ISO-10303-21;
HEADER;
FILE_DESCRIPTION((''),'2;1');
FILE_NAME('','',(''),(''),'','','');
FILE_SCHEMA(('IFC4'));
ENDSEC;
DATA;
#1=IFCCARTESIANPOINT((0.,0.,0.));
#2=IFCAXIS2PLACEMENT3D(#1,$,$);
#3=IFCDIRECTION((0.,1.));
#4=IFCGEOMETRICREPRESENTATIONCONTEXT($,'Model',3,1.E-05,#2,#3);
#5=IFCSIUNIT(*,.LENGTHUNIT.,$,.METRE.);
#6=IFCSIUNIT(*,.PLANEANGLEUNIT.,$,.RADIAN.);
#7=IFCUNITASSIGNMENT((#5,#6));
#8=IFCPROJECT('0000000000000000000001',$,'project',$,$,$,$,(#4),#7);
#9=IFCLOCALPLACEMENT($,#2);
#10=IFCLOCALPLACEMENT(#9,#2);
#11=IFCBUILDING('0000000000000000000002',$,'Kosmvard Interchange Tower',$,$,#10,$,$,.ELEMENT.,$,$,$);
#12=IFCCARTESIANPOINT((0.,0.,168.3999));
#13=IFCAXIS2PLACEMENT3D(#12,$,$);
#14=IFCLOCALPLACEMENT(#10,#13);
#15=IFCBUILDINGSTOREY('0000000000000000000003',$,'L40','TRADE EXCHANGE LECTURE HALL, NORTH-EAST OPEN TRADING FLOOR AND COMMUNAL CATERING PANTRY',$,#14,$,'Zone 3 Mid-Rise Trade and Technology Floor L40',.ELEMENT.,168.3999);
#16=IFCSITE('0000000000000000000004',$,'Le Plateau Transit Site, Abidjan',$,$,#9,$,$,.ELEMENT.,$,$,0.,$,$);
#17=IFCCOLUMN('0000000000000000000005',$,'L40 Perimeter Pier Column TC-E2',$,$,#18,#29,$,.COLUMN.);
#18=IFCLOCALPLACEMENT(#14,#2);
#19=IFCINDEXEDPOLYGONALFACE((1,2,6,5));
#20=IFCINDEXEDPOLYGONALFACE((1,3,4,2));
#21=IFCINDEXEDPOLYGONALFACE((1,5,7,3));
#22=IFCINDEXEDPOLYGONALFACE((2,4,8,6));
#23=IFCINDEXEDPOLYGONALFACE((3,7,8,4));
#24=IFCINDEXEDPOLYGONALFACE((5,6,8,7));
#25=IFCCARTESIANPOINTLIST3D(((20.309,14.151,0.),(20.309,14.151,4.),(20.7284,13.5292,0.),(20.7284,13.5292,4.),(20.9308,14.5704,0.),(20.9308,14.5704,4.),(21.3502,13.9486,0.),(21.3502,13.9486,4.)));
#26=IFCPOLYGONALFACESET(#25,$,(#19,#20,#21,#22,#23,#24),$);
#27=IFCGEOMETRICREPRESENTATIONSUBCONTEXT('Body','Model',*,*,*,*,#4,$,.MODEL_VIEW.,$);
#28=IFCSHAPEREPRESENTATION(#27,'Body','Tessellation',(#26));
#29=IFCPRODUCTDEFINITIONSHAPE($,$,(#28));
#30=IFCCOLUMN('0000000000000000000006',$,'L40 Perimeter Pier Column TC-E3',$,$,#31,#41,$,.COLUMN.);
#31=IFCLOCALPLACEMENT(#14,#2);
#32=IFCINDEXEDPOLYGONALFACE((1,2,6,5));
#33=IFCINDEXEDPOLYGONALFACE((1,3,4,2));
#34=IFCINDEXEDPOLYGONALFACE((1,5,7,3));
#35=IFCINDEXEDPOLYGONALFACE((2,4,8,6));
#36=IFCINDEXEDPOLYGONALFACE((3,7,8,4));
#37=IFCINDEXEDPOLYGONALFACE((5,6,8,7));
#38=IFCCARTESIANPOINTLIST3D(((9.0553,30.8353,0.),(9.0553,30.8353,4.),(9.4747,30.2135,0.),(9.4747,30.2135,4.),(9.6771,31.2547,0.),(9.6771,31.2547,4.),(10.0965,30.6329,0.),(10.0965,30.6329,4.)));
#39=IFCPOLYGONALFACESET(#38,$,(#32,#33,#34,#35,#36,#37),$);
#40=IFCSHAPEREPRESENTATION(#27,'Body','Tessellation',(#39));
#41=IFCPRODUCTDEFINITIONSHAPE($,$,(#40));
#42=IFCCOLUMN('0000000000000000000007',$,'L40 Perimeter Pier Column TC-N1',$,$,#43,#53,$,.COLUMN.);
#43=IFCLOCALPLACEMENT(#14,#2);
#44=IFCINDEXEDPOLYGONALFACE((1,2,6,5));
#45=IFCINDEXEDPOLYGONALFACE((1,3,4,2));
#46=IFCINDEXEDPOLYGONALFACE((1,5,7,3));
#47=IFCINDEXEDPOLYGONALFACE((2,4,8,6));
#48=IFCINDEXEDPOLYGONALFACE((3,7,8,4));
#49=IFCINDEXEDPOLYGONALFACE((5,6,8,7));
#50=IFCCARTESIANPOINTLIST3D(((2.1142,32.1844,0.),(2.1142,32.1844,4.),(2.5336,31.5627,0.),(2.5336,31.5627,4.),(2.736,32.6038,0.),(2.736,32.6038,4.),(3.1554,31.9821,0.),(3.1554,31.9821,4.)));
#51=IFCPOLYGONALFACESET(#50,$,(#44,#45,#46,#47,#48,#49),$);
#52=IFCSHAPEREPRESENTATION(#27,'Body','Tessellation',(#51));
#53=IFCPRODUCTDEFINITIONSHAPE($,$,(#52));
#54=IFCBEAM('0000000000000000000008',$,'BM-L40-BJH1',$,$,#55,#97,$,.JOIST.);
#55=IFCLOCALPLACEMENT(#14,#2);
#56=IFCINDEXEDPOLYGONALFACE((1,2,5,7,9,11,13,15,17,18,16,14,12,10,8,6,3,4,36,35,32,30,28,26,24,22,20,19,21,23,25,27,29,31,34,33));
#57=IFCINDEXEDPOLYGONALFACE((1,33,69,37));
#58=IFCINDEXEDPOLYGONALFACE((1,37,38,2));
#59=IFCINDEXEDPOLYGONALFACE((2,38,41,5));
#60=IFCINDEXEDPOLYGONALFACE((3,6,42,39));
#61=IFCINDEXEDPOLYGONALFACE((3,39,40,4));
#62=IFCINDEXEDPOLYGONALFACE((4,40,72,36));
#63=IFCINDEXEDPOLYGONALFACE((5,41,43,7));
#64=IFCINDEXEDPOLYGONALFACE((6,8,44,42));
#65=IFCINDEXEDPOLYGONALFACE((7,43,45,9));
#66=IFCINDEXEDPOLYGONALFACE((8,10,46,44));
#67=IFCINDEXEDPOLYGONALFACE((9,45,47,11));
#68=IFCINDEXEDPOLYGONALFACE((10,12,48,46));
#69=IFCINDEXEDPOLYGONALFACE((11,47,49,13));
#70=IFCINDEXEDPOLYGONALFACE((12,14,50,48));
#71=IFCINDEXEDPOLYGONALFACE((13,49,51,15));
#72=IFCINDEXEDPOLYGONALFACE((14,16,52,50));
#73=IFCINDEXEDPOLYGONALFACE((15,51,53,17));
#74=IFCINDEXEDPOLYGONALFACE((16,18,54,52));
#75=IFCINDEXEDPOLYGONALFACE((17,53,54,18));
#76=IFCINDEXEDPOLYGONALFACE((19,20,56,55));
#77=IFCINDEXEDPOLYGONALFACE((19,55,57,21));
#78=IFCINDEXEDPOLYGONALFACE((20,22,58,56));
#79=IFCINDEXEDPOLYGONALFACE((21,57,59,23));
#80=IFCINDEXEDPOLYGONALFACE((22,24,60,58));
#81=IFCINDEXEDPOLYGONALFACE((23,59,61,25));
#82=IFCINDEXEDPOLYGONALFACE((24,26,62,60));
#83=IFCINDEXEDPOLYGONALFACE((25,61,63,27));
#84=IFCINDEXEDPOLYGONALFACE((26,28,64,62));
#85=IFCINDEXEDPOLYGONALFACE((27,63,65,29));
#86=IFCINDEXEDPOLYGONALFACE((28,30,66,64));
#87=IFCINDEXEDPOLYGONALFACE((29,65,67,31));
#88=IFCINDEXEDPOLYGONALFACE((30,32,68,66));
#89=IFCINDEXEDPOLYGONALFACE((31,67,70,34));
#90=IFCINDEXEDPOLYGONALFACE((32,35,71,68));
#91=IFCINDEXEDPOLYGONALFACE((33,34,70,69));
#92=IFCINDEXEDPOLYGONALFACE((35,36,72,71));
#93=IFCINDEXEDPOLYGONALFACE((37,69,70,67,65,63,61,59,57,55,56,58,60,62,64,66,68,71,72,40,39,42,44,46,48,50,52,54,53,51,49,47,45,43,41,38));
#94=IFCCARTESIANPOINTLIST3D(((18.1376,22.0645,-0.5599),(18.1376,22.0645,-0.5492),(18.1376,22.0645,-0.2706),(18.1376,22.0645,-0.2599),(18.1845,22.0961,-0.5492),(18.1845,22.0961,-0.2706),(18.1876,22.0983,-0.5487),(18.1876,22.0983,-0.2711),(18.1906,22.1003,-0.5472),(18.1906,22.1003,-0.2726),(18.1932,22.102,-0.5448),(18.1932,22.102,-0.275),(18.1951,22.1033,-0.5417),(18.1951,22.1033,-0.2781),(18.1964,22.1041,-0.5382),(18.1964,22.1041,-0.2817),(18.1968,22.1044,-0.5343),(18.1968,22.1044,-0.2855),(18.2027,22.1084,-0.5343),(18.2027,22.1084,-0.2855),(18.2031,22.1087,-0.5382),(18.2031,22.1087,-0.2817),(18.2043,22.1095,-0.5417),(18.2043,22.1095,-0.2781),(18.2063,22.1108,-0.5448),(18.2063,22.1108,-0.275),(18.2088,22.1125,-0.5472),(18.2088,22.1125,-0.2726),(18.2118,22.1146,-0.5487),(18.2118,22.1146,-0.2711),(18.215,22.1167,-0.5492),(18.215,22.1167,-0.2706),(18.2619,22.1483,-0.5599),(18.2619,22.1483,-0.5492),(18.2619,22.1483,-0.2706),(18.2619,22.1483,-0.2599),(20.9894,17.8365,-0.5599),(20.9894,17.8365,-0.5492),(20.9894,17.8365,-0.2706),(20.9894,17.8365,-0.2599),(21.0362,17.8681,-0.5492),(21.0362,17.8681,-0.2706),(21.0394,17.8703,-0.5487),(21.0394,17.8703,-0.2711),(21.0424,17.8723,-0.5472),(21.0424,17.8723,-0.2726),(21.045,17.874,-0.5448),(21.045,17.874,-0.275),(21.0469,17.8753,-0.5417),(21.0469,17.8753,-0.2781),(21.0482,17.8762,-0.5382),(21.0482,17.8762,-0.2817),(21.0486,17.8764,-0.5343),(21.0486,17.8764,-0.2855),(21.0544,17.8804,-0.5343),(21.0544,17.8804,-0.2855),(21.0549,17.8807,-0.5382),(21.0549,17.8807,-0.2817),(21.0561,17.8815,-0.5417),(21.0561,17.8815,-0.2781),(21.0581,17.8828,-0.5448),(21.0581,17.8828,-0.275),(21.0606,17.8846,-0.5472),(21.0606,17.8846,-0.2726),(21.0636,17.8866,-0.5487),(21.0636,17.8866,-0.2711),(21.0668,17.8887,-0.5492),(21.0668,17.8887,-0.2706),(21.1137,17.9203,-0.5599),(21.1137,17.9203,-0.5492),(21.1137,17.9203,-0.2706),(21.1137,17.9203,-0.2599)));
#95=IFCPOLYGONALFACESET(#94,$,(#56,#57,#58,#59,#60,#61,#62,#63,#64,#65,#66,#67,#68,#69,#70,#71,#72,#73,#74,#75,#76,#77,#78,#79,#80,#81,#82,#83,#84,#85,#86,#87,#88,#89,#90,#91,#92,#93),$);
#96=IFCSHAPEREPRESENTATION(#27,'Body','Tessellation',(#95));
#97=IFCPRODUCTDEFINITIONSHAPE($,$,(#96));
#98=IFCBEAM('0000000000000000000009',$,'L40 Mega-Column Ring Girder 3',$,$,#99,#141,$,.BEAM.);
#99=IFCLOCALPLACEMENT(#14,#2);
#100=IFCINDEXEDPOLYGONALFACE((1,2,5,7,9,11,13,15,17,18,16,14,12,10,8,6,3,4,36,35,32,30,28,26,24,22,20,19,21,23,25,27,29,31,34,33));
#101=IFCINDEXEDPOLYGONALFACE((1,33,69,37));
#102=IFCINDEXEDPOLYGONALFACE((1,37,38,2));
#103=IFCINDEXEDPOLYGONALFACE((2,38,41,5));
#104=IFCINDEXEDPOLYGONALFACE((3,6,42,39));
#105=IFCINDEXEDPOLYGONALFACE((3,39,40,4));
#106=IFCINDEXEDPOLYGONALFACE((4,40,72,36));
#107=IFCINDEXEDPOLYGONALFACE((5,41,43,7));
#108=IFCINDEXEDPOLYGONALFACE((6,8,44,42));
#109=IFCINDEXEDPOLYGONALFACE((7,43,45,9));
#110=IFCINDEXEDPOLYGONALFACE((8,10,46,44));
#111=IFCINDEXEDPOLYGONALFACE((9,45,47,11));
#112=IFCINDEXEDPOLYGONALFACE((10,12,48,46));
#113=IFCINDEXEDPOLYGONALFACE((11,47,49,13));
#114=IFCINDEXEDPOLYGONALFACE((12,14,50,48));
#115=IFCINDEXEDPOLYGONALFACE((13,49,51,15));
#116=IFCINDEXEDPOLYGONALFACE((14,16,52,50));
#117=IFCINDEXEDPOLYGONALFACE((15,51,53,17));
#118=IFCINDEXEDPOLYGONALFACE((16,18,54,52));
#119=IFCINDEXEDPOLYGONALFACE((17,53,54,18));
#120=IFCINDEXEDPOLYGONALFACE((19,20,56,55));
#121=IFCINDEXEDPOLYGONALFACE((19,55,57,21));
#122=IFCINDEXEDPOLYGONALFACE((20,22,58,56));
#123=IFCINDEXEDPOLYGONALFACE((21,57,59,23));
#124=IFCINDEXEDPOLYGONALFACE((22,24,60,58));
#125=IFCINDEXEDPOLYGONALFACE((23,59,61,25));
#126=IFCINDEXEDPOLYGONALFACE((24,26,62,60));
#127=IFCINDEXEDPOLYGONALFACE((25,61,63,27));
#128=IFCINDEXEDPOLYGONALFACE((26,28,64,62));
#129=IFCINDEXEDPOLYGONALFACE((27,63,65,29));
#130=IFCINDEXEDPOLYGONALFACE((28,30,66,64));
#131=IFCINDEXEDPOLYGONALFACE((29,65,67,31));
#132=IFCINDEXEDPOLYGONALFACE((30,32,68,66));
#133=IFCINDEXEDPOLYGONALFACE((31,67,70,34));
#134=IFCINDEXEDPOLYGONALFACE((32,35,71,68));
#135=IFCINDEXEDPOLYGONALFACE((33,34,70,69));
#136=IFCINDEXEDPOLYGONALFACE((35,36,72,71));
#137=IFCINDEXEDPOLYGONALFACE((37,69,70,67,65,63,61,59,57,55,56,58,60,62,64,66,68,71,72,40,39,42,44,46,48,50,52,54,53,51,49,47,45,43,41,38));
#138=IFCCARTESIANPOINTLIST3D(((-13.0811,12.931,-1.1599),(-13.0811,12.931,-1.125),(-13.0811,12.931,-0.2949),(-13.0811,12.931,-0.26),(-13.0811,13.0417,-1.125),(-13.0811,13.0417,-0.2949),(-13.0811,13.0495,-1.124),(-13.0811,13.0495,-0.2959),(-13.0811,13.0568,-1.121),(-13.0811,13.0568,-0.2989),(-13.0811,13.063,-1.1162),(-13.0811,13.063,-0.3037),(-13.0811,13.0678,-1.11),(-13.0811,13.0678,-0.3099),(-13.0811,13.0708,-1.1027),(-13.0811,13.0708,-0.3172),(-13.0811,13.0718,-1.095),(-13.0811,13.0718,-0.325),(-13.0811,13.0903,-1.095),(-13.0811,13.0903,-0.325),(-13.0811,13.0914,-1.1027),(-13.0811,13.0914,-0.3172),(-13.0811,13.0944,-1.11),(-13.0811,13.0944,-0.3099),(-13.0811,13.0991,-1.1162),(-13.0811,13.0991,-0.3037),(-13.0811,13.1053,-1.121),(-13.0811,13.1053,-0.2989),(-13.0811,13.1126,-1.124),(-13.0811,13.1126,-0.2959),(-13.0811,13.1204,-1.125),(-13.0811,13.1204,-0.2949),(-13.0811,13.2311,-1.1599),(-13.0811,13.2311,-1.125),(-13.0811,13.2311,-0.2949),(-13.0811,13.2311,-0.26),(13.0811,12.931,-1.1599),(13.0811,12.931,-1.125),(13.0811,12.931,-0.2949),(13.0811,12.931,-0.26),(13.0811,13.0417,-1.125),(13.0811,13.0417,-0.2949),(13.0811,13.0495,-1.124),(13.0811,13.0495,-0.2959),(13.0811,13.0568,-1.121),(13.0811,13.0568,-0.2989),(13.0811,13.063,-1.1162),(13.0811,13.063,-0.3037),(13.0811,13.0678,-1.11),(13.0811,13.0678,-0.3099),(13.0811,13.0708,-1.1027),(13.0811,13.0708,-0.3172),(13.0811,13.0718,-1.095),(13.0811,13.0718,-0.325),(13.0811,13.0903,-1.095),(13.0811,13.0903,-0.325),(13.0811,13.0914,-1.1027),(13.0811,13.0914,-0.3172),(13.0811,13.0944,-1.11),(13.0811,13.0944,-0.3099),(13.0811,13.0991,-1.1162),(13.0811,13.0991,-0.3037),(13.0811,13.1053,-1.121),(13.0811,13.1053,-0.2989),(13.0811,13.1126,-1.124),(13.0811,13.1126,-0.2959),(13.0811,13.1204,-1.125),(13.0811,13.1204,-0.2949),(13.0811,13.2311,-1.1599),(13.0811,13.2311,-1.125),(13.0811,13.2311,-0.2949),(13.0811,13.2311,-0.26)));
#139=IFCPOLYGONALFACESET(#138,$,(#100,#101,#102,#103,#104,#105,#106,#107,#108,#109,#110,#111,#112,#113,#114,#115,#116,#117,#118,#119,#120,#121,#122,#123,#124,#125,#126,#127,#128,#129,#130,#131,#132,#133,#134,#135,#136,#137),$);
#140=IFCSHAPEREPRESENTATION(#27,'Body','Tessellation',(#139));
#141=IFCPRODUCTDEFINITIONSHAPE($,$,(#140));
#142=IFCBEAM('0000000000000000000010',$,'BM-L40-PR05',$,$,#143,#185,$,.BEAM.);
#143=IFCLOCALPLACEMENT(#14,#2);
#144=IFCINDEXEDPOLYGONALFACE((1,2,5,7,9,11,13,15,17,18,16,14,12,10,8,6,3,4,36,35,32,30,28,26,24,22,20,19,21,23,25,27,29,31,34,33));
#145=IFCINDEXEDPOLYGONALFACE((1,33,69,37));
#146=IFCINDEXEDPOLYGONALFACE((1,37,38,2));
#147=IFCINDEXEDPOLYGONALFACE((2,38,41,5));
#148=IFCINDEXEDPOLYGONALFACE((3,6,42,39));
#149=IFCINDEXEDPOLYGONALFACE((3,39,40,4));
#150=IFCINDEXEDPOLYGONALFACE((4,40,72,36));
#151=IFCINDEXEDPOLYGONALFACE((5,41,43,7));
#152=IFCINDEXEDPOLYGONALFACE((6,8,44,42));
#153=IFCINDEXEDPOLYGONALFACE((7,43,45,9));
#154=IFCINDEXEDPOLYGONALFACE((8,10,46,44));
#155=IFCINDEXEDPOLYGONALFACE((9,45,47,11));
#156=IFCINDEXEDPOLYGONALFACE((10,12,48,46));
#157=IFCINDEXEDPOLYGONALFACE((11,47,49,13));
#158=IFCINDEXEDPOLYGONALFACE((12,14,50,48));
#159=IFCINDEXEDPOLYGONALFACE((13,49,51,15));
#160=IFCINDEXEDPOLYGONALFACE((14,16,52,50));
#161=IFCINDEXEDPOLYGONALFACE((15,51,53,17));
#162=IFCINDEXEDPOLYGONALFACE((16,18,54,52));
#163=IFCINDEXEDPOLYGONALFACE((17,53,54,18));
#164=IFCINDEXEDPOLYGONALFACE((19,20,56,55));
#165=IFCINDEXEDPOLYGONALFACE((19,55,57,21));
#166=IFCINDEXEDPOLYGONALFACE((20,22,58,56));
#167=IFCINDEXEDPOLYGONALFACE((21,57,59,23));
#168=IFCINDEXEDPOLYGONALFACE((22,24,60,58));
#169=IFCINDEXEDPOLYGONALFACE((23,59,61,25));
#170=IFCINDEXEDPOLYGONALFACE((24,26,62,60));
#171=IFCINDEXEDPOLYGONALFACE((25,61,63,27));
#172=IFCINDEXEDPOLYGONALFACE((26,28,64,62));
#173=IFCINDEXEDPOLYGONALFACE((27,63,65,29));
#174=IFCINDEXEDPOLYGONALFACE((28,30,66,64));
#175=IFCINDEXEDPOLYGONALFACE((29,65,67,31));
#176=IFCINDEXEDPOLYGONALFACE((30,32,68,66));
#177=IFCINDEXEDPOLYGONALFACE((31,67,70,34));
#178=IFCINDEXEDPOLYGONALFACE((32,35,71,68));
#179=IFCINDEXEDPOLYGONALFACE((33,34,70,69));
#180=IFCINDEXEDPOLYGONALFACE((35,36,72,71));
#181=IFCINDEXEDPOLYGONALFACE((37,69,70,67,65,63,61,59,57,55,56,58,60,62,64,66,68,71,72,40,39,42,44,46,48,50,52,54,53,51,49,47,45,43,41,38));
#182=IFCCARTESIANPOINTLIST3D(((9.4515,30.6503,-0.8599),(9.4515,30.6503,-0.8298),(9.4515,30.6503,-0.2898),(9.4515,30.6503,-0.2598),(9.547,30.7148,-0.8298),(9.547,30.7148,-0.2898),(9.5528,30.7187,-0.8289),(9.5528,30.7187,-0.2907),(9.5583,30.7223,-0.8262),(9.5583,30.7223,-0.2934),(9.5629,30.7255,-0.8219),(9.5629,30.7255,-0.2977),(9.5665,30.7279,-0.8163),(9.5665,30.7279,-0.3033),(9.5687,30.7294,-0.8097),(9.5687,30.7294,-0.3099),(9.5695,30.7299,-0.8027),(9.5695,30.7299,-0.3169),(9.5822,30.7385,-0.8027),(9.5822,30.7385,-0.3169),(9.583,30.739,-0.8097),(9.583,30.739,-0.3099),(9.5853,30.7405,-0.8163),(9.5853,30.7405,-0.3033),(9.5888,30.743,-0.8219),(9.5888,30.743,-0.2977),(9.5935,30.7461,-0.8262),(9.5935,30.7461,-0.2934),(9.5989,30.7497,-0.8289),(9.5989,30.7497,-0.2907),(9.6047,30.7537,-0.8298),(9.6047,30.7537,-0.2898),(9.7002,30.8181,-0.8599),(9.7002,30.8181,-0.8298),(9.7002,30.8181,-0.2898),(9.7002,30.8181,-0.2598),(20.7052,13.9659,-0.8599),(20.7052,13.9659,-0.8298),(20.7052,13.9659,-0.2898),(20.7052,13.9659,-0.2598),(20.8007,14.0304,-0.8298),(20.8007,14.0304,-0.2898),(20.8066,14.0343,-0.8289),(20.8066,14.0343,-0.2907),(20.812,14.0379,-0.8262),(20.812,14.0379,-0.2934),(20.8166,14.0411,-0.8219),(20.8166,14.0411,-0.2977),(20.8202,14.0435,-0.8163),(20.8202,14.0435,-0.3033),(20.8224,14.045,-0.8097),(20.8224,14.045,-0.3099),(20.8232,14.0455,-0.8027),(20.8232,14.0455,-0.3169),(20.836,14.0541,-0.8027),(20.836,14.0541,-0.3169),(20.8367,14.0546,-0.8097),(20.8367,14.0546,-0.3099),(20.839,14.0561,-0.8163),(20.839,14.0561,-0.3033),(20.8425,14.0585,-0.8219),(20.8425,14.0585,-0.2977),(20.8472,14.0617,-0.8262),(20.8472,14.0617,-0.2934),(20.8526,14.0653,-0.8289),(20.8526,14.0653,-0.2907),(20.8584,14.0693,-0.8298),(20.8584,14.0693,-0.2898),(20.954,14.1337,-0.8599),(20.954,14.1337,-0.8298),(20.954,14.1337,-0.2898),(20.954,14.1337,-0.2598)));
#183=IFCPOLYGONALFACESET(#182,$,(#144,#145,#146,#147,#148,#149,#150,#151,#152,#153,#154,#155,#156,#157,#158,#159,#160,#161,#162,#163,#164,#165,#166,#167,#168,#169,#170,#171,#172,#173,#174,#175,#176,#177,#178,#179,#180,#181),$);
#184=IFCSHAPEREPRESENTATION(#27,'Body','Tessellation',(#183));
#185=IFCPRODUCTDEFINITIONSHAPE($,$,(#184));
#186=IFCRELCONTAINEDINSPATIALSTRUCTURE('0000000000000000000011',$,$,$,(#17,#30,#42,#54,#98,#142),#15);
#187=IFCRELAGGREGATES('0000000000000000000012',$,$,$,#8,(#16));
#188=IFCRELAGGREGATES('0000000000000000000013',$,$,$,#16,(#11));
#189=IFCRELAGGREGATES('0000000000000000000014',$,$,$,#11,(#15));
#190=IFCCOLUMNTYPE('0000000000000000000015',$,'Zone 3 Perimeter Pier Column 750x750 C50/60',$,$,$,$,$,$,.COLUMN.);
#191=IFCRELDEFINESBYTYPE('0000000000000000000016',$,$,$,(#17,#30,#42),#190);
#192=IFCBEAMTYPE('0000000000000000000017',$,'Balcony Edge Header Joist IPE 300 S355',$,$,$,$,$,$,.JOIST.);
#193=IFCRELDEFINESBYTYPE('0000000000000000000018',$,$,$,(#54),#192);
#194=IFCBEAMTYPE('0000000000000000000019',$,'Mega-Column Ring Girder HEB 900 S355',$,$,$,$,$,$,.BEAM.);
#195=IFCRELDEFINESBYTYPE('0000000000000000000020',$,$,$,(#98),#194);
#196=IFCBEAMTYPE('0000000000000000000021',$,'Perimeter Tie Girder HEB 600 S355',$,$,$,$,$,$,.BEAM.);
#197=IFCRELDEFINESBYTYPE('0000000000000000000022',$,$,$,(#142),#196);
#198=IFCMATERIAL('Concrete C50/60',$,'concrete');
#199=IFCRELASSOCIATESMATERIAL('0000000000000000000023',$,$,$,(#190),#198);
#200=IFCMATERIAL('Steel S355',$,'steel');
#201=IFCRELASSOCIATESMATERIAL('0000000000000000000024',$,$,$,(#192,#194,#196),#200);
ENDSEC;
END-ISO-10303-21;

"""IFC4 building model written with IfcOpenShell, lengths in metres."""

from ifc_helpers import new_model, si_unit, direction, frame, origin, origin_2d, place, context, subcontext, project, spatial, rectangle, i_section, extrude, source, transform, mapped, material, material_profile, profile_set, type_object, element, save


model = new_model("IFC4")

# Units and contexts
model_context = context("Model", 3, precision=1e-05, world=origin(), true_north=direction((0.0, 1.0)))
body_context = subcontext(model_context, "Body", "Model", "MODEL_VIEW")
ifc_project = project(units=[si_unit("LENGTHUNIT", "METRE"), si_unit("PLANEANGLEUNIT", "RADIAN")], contexts=[model_context])

# Site, building, storey
site_placement = place(None, origin())
site = spatial("IfcSite", under=ifc_project, at=site_placement, Name="Le Plateau Transit Site, Abidjan", CompositionType="ELEMENT", RefElevation=0.0)
building_placement = place(site_placement, origin())
building = spatial("IfcBuilding", under=site, at=building_placement, Name="Kosmvard Interchange Tower", CompositionType="ELEMENT")
storey_placement = place(building_placement, frame((0.0, 0.0, 168.3999)))
storey = spatial("IfcBuildingStorey", under=building, at=storey_placement, Name="L40", Description="TRADE EXCHANGE LECTURE HALL, NORTH-EAST OPEN TRADING FLOOR AND COMMUNAL CATERING PANTRY", LongName="Zone 3 Mid-Rise Trade and Technology Floor L40", CompositionType="ELEMENT", Elevation=168.3999)

# Columns
ifc_material_1 = material(Name="Concrete C50/60", Category="concrete")
ifc_material_profile_1 = material_profile(ifc_material_1, rectangle(XDim=0.75, YDim=0.75, at=origin_2d()), Name="TC 750x750")
ifc_profile_set_1 = profile_set([ifc_material_profile_1], Name="Concrete C50/60")
column_type = type_object("IfcColumnType", Name="Zone 3 Perimeter Pier Column 750x750 C50/60", PredefinedType="COLUMN", material=ifc_profile_set_1)
shared_shape_1 = source(origin(), body_context, "Body", "SweptSolid", [
    extrude(rectangle(XDim=0.75, YDim=0.75, at=origin_2d()), origin(), (0.0, 0.0, 1.0), 4.0),
])
for number, where, z_axis, x_axis, name in (
    (1, (20.8296, 14.0498, 0.0), (0.0, 0.0, 1.0), (0.829038, 0.559193, 0.0), "L40 Perimeter Pier Column TC-E2"),
    (2, (9.5759, 30.7341, 0.0), (0.0, 0.0, 1.0), (0.829038, 0.559193, 0.0), "L40 Perimeter Pier Column TC-E3"),
    (3, (2.6348, 32.0833, 0.0), (0.0, 0.0, 1.0), (0.829038, 0.559193, 0.0), "L40 Perimeter Pier Column TC-N1"),
):
    element("IfcColumn", number, at=place(storey_placement, frame(where, z_axis=z_axis, x_axis=x_axis)), inside=storey, type_object=column_type, Name=name, PredefinedType="COLUMN", context=body_context, shape_type="MappedRepresentation", body=[
        mapped(shared_shape_1, transform((0.0, 0.0, 0.0), scale=1.0)),
    ])

# Beams
ifc_material_2 = material(Name="Steel S355", Category="steel")
ifc_material_profile_2 = material_profile(ifc_material_2, i_section(OverallWidth=0.1499, OverallDepth=0.3, WebThickness=0.0071, FlangeThickness=0.0107, FilletRadius=0.0149, at=origin_2d()), Name="IPE 300")
ifc_profile_set_2 = profile_set([ifc_material_profile_2], Name="Steel S355")
beam_type_1 = type_object("IfcBeamType", Name="Balcony Edge Header Joist IPE 300 S355", PredefinedType="JOIST", material=ifc_profile_set_2)
shared_shape_2 = source(origin(), body_context, "Body", "SweptSolid", [
    extrude(i_section(OverallWidth=0.1499, OverallDepth=0.3, WebThickness=0.0071, FlangeThickness=0.0107, FilletRadius=0.0149, at=origin_2d()), origin(), (0.0, 0.0, 1.0), 5.0999),
])
beam_1_placement = place(storey_placement, frame((21.0515, 17.8784, -0.4099), z_axis=(-0.559188, 0.829041, 0.0), x_axis=(-0.829041, -0.559188, 0.0)))
element("IfcBeam", 4, at=beam_1_placement, inside=storey, type_object=beam_type_1, Name="BM-L40-BJH1", PredefinedType="JOIST", context=body_context, shape_type="MappedRepresentation", body=[
    mapped(shared_shape_2, transform((0.0, 0.0, 0.0), scale=1.0)),
])
ifc_material_profile_3 = material_profile(ifc_material_2, i_section(OverallWidth=0.3, OverallDepth=0.8999, WebThickness=0.0186, FlangeThickness=0.0349, FilletRadius=0.03, at=origin_2d()), Name="HEB 900")
ifc_profile_set_3 = profile_set([ifc_material_profile_3], Name="Steel S355")
beam_type_2 = type_object("IfcBeamType", Name="Mega-Column Ring Girder HEB 900 S355", PredefinedType="BEAM", material=ifc_profile_set_3)
shared_shape_3 = source(origin(), body_context, "Body", "SweptSolid", [
    extrude(i_section(OverallWidth=0.3, OverallDepth=0.8999, WebThickness=0.0186, FlangeThickness=0.0349, FilletRadius=0.03, at=origin_2d()), origin(), (0.0, 0.0, 1.0), 26.1621),
])
beam_2_placement = place(storey_placement, frame((13.0811, 13.0811, -0.71), z_axis=(-1.0, 0.0, 0.0), x_axis=(0.0, -1.0, 0.0)))
element("IfcBeam", 5, at=beam_2_placement, inside=storey, type_object=beam_type_2, Name="L40 Mega-Column Ring Girder 3", PredefinedType="BEAM", context=body_context, shape_type="MappedRepresentation", body=[
    mapped(shared_shape_3, transform((0.0, 0.0, 0.0), scale=1.0)),
])
ifc_material_profile_4 = material_profile(ifc_material_2, i_section(OverallWidth=0.3, OverallDepth=0.6001, WebThickness=0.0154, FlangeThickness=0.03, FilletRadius=0.0271, at=origin_2d()), Name="HEB 600")
ifc_profile_set_4 = profile_set([ifc_material_profile_4], Name="Steel S355")
beam_type_3 = type_object("IfcBeamType", Name="Perimeter Tie Girder HEB 600 S355", PredefinedType="BEAM", material=ifc_profile_set_4)
shared_shape_4 = source(origin(), body_context, "Body", "SweptSolid", [
    extrude(i_section(OverallWidth=0.3, OverallDepth=0.6001, WebThickness=0.0154, FlangeThickness=0.03, FilletRadius=0.0271, at=origin_2d()), origin(), (0.0, 0.0, 1.0), 20.125),
])
for number, where, z_axis, x_axis, name in (
    (6, (20.8296, 14.0498, -0.5598), (-0.559191, 0.829039, 0.0), (-0.829039, -0.559191, 0.0), "BM-L40-PR05"),
):
    element("IfcBeam", number, at=place(storey_placement, frame(where, z_axis=z_axis, x_axis=x_axis)), inside=storey, type_object=beam_type_3, Name=name, PredefinedType="BEAM", context=body_context, shape_type="MappedRepresentation", body=[
        mapped(shared_shape_4, transform((0.0, 0.0, 0.0), scale=1.0)),
    ])

save(model, "model.ifc")
